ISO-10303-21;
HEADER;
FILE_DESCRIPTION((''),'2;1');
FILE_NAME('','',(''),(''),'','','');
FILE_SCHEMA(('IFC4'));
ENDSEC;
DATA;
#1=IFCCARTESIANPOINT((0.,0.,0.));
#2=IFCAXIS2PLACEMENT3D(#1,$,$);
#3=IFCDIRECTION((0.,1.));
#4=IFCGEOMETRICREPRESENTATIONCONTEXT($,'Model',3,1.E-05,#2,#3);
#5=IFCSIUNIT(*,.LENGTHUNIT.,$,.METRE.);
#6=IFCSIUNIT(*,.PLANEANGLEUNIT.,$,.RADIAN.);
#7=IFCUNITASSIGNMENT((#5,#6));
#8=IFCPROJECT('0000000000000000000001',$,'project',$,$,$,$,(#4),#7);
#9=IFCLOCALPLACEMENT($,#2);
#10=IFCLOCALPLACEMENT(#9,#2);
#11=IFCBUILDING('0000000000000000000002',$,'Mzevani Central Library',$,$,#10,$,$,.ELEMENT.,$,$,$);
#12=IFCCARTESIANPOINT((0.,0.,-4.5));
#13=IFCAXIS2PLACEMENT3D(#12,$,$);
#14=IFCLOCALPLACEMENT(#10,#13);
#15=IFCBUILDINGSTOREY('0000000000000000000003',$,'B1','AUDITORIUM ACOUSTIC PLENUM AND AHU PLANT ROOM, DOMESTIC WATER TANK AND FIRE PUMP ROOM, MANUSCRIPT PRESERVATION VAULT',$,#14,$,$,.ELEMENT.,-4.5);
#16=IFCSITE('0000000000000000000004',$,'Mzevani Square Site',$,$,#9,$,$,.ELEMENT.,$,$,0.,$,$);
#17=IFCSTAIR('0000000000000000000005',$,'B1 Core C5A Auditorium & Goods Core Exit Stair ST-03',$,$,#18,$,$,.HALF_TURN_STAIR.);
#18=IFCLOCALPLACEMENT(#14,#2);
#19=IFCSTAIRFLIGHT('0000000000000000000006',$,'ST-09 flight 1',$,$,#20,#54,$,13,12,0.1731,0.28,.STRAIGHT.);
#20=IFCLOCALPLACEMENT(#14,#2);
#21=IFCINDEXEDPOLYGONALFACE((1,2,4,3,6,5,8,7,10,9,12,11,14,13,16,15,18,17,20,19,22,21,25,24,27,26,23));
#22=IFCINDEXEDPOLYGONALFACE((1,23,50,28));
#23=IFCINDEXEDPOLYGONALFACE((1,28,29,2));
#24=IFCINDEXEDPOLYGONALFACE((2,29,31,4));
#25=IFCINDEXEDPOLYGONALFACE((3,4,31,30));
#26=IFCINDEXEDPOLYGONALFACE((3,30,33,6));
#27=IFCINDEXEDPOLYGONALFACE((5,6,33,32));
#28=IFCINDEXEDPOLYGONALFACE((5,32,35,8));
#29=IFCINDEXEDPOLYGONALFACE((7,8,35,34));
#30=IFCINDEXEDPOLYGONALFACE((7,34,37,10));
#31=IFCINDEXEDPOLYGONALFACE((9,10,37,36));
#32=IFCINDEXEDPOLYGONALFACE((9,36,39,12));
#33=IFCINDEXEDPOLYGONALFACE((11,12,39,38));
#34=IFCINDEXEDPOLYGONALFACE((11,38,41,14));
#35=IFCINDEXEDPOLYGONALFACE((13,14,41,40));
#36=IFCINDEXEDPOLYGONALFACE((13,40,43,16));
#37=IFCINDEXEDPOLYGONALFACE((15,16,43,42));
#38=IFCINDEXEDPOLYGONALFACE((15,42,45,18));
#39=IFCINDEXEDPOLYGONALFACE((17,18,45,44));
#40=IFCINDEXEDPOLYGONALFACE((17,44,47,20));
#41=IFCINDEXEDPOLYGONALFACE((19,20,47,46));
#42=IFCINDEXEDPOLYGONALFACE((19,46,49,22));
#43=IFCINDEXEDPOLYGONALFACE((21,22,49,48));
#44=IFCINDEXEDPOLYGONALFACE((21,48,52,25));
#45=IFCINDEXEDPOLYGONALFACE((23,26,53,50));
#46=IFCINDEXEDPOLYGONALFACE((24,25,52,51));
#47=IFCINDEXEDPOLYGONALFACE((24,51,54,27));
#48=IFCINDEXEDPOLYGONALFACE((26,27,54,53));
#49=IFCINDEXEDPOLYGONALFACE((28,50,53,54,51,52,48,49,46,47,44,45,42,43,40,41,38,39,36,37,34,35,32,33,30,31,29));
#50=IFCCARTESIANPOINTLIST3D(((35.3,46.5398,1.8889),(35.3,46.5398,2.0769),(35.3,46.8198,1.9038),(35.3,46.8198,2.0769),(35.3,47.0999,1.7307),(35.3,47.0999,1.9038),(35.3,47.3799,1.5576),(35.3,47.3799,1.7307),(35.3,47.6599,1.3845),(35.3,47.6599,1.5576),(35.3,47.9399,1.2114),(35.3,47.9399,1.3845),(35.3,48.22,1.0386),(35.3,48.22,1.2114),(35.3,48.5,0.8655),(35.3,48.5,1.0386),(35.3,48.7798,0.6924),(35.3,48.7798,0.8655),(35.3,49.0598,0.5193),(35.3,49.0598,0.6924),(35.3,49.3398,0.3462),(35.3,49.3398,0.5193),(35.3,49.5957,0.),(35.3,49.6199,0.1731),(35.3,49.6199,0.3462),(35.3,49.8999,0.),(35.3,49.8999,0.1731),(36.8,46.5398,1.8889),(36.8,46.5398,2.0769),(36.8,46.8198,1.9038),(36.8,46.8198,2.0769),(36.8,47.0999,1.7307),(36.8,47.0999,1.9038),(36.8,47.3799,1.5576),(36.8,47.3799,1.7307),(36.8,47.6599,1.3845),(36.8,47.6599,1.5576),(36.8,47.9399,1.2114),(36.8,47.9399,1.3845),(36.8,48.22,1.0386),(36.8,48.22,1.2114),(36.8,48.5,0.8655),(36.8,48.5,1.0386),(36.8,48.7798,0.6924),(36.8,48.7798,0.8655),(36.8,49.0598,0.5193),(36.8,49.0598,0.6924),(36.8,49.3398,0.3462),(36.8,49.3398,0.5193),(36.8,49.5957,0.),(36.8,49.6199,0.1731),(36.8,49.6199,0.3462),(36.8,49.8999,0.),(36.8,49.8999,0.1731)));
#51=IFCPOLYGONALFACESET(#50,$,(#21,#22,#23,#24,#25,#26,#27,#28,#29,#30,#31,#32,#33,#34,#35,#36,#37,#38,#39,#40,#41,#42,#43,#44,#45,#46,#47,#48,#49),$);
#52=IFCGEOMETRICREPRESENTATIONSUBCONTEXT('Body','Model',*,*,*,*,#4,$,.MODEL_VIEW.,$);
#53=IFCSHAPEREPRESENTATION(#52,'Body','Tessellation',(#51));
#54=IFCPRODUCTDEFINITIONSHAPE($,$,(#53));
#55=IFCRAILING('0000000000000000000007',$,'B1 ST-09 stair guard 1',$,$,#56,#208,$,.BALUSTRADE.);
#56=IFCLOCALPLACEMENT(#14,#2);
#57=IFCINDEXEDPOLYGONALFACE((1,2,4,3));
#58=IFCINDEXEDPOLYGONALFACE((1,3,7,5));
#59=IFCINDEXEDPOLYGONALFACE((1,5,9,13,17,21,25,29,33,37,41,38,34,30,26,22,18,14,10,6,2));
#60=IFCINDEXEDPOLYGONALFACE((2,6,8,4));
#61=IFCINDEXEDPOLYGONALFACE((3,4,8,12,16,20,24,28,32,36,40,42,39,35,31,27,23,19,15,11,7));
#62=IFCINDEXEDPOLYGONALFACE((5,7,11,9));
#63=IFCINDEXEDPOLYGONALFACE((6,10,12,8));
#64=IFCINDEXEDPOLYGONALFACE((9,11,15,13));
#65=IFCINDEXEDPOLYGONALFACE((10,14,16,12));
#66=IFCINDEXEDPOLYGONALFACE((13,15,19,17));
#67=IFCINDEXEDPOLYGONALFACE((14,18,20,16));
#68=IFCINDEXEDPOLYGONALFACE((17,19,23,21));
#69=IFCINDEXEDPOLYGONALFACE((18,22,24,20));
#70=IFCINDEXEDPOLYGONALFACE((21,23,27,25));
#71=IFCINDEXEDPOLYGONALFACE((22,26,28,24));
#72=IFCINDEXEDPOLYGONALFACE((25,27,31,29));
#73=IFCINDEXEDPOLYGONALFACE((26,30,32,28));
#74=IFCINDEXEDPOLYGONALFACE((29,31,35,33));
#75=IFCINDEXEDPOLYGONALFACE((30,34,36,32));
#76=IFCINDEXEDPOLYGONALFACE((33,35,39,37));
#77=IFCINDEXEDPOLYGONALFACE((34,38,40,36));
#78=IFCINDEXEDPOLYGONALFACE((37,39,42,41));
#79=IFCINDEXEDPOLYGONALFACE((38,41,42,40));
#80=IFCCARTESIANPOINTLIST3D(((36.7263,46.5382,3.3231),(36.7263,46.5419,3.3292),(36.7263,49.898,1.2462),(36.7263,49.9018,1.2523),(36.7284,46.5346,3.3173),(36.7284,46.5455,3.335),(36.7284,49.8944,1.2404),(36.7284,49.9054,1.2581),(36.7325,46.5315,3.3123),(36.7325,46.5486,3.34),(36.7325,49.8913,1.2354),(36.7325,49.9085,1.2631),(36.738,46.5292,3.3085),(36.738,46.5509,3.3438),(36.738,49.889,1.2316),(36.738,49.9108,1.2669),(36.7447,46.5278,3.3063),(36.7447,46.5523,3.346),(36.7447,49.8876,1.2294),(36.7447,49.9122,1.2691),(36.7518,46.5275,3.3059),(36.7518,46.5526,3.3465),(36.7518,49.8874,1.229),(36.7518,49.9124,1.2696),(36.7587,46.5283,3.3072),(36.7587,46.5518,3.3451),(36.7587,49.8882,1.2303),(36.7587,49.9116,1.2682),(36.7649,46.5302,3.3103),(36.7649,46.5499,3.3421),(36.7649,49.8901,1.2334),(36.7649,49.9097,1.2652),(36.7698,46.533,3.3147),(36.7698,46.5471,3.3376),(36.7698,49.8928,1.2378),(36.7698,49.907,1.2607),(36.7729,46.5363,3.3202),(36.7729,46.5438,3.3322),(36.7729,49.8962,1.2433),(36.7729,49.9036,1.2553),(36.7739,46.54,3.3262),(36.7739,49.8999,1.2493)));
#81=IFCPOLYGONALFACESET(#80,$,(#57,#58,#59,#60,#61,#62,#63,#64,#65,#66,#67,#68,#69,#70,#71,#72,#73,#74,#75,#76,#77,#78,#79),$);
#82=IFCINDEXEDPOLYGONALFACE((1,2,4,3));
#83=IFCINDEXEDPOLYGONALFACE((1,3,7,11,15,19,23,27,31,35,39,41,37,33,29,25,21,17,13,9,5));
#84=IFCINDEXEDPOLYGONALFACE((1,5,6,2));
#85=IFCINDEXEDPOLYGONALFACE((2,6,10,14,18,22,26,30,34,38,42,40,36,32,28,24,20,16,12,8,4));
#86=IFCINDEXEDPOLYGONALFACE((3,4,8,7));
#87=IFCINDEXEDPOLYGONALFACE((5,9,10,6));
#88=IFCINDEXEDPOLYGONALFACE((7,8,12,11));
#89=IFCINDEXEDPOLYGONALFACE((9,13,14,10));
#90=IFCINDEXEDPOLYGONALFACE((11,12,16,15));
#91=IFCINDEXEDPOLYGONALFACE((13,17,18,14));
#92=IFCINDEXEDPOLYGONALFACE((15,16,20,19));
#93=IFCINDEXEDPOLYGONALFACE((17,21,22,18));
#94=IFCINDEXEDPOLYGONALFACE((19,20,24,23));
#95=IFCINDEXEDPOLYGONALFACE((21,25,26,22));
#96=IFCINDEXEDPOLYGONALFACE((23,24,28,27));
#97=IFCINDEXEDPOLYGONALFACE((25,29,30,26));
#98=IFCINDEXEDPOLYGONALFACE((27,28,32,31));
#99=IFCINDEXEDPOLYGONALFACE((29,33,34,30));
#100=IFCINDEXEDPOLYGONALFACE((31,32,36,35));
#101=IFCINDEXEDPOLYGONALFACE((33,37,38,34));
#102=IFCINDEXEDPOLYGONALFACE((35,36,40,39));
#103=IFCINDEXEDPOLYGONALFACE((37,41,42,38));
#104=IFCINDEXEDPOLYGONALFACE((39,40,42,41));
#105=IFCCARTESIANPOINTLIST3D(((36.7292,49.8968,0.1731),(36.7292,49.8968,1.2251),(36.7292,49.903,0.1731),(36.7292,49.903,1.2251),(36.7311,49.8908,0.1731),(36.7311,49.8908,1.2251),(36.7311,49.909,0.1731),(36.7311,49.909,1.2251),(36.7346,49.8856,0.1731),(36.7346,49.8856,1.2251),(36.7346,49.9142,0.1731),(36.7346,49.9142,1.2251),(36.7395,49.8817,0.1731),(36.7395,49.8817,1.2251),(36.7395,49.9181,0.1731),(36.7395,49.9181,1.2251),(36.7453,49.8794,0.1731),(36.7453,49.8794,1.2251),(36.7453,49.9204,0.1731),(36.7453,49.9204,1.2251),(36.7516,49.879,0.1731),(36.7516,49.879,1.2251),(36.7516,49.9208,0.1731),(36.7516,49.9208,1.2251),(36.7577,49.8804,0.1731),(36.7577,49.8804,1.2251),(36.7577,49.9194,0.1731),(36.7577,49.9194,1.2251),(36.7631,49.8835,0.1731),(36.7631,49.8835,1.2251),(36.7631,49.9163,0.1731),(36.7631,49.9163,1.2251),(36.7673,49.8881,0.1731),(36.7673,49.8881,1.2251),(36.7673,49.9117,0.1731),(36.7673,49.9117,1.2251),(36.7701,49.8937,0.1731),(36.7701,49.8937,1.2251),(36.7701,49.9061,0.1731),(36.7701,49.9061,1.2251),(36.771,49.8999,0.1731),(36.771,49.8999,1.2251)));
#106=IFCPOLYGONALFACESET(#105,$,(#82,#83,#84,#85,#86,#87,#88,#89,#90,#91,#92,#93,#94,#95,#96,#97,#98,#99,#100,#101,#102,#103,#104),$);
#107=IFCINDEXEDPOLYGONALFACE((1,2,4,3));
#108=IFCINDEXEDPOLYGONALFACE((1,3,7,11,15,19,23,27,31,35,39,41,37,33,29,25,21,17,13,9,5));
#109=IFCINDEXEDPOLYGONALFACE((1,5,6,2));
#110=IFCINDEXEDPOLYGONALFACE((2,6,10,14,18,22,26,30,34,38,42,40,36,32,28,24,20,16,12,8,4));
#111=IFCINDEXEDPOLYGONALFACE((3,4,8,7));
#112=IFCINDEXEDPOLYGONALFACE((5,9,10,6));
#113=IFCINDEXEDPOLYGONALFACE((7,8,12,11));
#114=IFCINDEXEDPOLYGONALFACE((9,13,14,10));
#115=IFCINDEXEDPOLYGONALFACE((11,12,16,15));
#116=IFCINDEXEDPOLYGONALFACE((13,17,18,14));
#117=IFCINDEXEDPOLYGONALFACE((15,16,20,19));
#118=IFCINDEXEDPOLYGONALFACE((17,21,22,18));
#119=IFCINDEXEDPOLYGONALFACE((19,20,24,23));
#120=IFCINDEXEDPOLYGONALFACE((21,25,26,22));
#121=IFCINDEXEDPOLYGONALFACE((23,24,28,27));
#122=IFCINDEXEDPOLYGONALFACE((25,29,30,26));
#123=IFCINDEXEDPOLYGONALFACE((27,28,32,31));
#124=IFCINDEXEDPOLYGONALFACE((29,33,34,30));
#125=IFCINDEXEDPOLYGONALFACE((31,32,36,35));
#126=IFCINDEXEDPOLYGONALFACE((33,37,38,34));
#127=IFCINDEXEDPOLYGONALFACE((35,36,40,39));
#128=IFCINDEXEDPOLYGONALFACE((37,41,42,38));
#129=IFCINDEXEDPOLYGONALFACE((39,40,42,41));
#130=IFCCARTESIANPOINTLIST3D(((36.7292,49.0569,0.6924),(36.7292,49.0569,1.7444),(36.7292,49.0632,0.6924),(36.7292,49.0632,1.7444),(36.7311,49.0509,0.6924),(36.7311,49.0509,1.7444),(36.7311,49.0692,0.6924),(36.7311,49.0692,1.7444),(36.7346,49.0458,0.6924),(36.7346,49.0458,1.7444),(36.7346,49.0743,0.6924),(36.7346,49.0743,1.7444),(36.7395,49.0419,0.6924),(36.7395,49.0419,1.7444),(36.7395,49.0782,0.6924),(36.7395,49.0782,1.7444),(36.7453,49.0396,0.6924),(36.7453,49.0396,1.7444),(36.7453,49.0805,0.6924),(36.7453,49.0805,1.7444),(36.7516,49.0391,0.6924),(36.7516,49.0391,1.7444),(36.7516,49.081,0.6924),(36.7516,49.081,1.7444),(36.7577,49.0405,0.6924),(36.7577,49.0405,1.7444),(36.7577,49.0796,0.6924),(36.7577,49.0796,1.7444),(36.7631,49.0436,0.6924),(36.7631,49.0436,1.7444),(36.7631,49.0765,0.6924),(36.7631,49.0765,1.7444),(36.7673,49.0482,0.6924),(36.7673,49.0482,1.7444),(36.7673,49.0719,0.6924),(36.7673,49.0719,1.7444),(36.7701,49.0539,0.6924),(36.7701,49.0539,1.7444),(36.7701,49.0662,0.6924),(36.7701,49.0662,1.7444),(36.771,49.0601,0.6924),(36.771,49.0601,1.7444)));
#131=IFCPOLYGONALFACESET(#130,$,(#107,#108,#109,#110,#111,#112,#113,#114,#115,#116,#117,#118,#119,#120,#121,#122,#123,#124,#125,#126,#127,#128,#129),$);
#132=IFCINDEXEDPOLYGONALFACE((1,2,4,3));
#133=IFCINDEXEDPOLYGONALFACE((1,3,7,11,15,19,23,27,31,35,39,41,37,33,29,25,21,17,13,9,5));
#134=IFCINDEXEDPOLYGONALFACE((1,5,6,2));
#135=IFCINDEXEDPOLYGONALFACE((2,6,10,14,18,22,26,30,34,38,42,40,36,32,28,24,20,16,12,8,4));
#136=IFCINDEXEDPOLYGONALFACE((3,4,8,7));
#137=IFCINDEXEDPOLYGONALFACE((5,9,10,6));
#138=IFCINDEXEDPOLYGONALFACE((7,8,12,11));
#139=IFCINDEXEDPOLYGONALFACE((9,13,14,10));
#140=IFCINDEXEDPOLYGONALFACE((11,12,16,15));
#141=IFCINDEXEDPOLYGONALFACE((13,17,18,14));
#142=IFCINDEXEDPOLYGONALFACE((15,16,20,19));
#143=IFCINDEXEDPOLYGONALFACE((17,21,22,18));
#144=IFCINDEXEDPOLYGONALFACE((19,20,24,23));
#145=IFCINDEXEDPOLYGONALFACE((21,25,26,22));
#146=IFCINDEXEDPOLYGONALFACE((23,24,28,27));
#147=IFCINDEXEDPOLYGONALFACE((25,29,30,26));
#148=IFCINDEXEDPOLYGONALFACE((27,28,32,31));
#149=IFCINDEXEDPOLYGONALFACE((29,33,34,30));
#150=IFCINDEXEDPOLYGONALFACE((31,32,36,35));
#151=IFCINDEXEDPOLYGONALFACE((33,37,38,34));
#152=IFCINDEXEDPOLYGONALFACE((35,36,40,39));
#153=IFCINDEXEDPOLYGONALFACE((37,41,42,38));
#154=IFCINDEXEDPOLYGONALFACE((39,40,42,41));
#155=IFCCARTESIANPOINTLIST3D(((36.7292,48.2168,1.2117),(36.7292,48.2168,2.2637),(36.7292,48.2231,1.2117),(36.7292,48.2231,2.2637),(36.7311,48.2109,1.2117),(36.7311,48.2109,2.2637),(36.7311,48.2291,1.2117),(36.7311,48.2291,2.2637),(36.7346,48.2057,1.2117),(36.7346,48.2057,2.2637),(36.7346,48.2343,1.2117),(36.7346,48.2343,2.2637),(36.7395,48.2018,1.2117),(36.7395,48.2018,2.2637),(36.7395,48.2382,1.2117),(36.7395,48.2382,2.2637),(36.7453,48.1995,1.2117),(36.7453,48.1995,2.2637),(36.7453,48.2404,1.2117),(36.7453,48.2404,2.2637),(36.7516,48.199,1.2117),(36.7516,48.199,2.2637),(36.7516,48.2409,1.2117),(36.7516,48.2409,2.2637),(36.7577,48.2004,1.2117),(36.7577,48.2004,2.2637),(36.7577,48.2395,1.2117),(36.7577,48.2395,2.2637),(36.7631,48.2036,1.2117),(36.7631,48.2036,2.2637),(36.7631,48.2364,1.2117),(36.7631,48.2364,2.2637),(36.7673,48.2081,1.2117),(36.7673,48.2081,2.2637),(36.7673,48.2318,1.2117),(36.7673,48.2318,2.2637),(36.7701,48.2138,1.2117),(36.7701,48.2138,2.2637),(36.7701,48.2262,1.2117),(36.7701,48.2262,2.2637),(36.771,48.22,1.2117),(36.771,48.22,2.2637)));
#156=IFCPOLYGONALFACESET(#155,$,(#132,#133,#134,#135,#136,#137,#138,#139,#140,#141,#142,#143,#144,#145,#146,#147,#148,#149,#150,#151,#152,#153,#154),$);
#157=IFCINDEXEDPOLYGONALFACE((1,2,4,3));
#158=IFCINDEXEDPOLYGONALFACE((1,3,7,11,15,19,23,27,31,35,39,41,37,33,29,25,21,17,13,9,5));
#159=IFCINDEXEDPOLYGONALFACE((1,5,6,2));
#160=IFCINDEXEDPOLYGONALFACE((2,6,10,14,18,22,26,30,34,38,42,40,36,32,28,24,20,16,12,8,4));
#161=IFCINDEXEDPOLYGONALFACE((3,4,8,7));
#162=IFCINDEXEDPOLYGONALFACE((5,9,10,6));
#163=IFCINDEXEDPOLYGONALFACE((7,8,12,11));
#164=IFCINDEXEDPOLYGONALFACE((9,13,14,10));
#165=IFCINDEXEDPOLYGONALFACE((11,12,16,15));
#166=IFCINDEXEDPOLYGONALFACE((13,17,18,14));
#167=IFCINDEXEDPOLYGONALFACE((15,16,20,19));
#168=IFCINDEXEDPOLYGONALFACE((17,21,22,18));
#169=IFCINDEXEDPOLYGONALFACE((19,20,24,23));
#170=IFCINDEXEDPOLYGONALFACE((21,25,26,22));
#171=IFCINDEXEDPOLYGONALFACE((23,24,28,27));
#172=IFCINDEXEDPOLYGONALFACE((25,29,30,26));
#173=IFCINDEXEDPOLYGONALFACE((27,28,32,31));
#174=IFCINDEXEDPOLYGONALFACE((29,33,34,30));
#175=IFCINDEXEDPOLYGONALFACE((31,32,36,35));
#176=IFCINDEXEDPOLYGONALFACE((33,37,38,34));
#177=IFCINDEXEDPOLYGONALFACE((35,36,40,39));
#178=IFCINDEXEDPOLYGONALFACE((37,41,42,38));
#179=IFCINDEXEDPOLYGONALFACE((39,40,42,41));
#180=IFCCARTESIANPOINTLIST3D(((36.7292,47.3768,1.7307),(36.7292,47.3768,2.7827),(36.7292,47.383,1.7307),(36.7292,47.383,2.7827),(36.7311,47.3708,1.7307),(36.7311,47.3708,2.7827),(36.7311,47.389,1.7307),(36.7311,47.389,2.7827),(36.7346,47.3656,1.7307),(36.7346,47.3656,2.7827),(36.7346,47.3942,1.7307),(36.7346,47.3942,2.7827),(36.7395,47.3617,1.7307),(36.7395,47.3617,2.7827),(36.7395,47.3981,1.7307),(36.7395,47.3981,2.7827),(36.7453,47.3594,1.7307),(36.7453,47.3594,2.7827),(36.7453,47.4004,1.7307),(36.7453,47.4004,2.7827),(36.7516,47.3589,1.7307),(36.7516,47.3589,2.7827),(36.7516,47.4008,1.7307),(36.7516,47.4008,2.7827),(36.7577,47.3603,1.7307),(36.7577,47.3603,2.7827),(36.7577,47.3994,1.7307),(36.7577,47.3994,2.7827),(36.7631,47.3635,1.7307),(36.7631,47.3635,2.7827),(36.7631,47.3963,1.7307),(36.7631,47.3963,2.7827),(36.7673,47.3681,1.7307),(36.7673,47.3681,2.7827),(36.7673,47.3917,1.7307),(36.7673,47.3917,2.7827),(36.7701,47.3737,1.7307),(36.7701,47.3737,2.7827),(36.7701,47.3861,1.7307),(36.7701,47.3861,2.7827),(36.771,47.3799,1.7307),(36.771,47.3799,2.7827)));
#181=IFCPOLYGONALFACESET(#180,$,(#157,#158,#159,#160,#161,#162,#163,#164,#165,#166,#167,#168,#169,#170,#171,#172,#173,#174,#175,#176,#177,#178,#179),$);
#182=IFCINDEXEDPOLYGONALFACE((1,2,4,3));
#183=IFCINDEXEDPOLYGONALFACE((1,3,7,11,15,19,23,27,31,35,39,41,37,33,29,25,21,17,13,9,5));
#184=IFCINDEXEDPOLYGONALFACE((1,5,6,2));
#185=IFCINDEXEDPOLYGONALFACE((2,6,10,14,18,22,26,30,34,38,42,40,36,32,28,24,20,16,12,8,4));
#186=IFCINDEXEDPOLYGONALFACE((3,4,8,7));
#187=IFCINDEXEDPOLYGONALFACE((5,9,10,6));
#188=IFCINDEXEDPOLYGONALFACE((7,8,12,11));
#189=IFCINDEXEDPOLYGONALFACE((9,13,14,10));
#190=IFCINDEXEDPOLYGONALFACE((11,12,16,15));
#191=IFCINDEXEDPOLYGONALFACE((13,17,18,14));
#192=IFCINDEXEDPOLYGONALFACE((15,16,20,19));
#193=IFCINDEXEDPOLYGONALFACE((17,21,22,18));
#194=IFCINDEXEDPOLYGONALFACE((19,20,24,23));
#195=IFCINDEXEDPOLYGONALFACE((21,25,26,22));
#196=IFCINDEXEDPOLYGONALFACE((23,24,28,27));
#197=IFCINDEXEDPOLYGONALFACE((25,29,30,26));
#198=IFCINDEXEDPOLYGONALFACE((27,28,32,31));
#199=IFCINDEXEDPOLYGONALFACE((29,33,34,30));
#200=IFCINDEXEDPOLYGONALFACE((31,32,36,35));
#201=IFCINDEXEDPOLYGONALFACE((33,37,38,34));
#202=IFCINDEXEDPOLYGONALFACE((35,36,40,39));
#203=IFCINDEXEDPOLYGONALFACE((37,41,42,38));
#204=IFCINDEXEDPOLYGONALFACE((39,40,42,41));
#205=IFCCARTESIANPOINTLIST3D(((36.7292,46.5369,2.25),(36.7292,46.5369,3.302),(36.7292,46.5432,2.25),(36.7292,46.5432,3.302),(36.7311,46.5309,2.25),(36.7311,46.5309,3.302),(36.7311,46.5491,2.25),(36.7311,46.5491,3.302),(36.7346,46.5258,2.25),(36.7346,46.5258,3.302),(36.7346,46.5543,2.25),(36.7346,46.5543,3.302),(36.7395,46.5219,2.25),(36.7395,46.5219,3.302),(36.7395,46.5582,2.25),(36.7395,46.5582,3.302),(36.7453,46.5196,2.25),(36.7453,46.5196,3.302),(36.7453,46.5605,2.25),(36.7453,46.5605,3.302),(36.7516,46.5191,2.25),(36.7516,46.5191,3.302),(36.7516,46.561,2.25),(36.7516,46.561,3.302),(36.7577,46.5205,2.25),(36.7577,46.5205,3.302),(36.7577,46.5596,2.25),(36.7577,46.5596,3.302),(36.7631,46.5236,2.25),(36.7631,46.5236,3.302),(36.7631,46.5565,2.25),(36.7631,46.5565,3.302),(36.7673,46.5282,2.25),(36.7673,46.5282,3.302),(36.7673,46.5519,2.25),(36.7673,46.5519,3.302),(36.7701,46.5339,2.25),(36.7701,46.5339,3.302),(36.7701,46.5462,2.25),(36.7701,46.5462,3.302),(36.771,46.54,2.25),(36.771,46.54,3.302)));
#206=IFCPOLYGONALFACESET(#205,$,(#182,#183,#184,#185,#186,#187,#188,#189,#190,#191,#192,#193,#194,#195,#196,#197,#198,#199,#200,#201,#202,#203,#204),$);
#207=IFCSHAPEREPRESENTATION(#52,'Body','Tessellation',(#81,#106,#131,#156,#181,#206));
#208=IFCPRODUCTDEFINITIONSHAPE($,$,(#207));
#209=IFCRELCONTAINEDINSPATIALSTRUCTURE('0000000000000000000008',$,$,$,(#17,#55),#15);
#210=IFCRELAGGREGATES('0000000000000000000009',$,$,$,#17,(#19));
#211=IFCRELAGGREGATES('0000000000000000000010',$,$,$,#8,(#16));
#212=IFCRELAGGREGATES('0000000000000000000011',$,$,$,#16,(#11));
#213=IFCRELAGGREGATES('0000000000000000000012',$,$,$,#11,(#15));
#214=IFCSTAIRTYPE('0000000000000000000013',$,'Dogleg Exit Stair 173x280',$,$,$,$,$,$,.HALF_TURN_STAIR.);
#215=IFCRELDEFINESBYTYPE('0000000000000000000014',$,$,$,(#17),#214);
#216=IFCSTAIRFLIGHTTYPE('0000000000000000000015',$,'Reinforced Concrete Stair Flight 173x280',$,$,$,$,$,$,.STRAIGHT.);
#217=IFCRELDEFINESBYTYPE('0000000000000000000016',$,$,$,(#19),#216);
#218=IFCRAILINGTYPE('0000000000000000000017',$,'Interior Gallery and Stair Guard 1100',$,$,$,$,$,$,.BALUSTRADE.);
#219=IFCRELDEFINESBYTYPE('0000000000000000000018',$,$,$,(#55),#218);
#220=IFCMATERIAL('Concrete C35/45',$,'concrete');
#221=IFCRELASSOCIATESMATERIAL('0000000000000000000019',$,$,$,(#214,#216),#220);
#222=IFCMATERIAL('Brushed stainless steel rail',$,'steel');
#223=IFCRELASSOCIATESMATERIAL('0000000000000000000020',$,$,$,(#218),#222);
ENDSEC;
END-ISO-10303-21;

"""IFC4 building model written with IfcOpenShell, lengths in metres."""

from ifc_helpers import new_model, si_unit, direction, frame, origin, origin_2d, place, context, subcontext, project, spatial, polyline, circle, outline, extrude, material, type_object, element, aggregate, save


model = new_model("IFC4")

# Units and contexts
model_context = context("Model", 3, precision=1e-05, world=origin(), true_north=direction((0.0, 1.0)))
body_context = subcontext(model_context, "Body", "Model", "MODEL_VIEW")
ifc_project = project(units=[si_unit("LENGTHUNIT", "METRE"), si_unit("PLANEANGLEUNIT", "RADIAN")], contexts=[model_context])

# Site, building, storey
site_placement = place(None, origin())
site = spatial("IfcSite", under=ifc_project, at=site_placement, Name="Mzevani Square Site", CompositionType="ELEMENT", RefElevation=0.0)
building_placement = place(site_placement, origin())
building = spatial("IfcBuilding", under=site, at=building_placement, Name="Mzevani Central Library", CompositionType="ELEMENT")
storey_placement = place(building_placement, frame((0.0, 0.0, -4.5)))
storey = spatial("IfcBuildingStorey", under=building, at=storey_placement, Name="B1", Description="AUDITORIUM ACOUSTIC PLENUM AND AHU PLANT ROOM, DOMESTIC WATER TANK AND FIRE PUMP ROOM, MANUSCRIPT PRESERVATION VAULT", CompositionType="ELEMENT", Elevation=-4.5)

# Shared definitions
ifc_material_1 = material(Name="Concrete C35/45", Category="concrete")

# Stair, stair flight
stair_type = type_object("IfcStairType", Name="Dogleg Exit Stair 173x280", PredefinedType="HALF_TURN_STAIR", material=ifc_material_1)
stair_placement = place(storey_placement, origin())
stair = element("IfcStair", 1, at=stair_placement, inside=storey, type_object=stair_type, Name="B1 Core C5A Auditorium & Goods Core Exit Stair ST-03", PredefinedType="HALF_TURN_STAIR")
stair_flight_type = type_object("IfcStairFlightType", Name="Reinforced Concrete Stair Flight 173x280", PredefinedType="STRAIGHT", material=ifc_material_1)
stair_flight_placement = place(storey_placement, frame((36.05, 49.8999, 0.0), z_axis=(0.0, 0.0, 1.0), x_axis=(0.0, -1.0, 0.0)))
stair_flight = element("IfcStairFlight", 2, at=stair_flight_placement, type_object=stair_flight_type, Name="ST-09 flight 1", NumberOfRisers=13, NumberOfTreads=12, PredefinedType="STRAIGHT", RiserHeight=0.1731, TreadLength=0.28, context=body_context, shape_type="SweptSolid", body=[
    extrude(outline(polyline([(0.0, 0.0), (0.0, 0.1731), (0.28, 0.1731), (0.28, 0.3462), (0.5601, 0.3462), (0.5601, 0.5193), (0.8401, 0.5193), (0.8401, 0.6924), (1.1201, 0.6924), (1.1201, 0.8655), (1.3999, 0.8655), (1.3999, 1.0386), (1.6799, 1.0386), (1.6799, 1.2114), (1.96, 1.2114), (1.96, 1.3845), (2.24, 1.3845), (2.24, 1.5576), (2.52, 1.5576), (2.52, 1.7307), (2.8, 1.7307), (2.8, 1.9038), (3.0801, 1.9038), (3.0801, 2.0769), (3.3601, 2.0769), (3.3601, 2.25), (3.3601, 1.8889), (0.3042, 0.0), (0.0, 0.0)])), frame((0.0, 0.75, 0.0), z_axis=(0.0, -1.0, 0.0), x_axis=(1.0, 0.0, 0.0)), (0.0, 0.0, 1.0), 1.5),
])
aggregate(stair, [stair_flight])

# Railing
ifc_material_2 = material(Name="Brushed stainless steel rail", Category="steel")
railing_type_1 = type_object("IfcRailingType", Name="Interior Gallery and Stair Guard 1100", PredefinedType="BALUSTRADE", material=ifc_material_2)
railing_1_placement = place(storey_placement, frame((36.75, 49.8999, 0.1731)))
element("IfcRailing", 3, at=railing_1_placement, inside=storey, type_object=railing_type_1, Name="B1 ST-09 stair guard 1", PredefinedType="BALUSTRADE", context=body_context, shape_type="SweptSolid", body=[
    extrude(circle(Radius=0.0239, at=origin_2d()), frame((0.0, 0.0, 1.0762), z_axis=(0.0, -0.850606, 0.525803), x_axis=(1.0, 0.0, 0.0)), (0.0, 0.0, 1.0), 3.95),
    extrude(circle(Radius=0.021, at=origin_2d()), origin(), (0.0, 0.0, 1.0), 1.052),
    extrude(circle(Radius=0.021, at=origin_2d()), frame((0.0, -0.8398, 0.5193)), (0.0, 0.0, 1.0), 1.052),
    extrude(circle(Radius=0.021, at=origin_2d()), frame((0.0, -1.6799, 1.0386)), (0.0, 0.0, 1.0), 1.052),
    extrude(circle(Radius=0.021, at=origin_2d()), frame((0.0, -2.52, 1.5576)), (0.0, 0.0, 1.0), 1.052),
    extrude(circle(Radius=0.021, at=origin_2d()), frame((0.0, -3.3599, 2.0769)), (0.0, 0.0, 1.0), 1.052),
])

save(model, "model.ifc")
